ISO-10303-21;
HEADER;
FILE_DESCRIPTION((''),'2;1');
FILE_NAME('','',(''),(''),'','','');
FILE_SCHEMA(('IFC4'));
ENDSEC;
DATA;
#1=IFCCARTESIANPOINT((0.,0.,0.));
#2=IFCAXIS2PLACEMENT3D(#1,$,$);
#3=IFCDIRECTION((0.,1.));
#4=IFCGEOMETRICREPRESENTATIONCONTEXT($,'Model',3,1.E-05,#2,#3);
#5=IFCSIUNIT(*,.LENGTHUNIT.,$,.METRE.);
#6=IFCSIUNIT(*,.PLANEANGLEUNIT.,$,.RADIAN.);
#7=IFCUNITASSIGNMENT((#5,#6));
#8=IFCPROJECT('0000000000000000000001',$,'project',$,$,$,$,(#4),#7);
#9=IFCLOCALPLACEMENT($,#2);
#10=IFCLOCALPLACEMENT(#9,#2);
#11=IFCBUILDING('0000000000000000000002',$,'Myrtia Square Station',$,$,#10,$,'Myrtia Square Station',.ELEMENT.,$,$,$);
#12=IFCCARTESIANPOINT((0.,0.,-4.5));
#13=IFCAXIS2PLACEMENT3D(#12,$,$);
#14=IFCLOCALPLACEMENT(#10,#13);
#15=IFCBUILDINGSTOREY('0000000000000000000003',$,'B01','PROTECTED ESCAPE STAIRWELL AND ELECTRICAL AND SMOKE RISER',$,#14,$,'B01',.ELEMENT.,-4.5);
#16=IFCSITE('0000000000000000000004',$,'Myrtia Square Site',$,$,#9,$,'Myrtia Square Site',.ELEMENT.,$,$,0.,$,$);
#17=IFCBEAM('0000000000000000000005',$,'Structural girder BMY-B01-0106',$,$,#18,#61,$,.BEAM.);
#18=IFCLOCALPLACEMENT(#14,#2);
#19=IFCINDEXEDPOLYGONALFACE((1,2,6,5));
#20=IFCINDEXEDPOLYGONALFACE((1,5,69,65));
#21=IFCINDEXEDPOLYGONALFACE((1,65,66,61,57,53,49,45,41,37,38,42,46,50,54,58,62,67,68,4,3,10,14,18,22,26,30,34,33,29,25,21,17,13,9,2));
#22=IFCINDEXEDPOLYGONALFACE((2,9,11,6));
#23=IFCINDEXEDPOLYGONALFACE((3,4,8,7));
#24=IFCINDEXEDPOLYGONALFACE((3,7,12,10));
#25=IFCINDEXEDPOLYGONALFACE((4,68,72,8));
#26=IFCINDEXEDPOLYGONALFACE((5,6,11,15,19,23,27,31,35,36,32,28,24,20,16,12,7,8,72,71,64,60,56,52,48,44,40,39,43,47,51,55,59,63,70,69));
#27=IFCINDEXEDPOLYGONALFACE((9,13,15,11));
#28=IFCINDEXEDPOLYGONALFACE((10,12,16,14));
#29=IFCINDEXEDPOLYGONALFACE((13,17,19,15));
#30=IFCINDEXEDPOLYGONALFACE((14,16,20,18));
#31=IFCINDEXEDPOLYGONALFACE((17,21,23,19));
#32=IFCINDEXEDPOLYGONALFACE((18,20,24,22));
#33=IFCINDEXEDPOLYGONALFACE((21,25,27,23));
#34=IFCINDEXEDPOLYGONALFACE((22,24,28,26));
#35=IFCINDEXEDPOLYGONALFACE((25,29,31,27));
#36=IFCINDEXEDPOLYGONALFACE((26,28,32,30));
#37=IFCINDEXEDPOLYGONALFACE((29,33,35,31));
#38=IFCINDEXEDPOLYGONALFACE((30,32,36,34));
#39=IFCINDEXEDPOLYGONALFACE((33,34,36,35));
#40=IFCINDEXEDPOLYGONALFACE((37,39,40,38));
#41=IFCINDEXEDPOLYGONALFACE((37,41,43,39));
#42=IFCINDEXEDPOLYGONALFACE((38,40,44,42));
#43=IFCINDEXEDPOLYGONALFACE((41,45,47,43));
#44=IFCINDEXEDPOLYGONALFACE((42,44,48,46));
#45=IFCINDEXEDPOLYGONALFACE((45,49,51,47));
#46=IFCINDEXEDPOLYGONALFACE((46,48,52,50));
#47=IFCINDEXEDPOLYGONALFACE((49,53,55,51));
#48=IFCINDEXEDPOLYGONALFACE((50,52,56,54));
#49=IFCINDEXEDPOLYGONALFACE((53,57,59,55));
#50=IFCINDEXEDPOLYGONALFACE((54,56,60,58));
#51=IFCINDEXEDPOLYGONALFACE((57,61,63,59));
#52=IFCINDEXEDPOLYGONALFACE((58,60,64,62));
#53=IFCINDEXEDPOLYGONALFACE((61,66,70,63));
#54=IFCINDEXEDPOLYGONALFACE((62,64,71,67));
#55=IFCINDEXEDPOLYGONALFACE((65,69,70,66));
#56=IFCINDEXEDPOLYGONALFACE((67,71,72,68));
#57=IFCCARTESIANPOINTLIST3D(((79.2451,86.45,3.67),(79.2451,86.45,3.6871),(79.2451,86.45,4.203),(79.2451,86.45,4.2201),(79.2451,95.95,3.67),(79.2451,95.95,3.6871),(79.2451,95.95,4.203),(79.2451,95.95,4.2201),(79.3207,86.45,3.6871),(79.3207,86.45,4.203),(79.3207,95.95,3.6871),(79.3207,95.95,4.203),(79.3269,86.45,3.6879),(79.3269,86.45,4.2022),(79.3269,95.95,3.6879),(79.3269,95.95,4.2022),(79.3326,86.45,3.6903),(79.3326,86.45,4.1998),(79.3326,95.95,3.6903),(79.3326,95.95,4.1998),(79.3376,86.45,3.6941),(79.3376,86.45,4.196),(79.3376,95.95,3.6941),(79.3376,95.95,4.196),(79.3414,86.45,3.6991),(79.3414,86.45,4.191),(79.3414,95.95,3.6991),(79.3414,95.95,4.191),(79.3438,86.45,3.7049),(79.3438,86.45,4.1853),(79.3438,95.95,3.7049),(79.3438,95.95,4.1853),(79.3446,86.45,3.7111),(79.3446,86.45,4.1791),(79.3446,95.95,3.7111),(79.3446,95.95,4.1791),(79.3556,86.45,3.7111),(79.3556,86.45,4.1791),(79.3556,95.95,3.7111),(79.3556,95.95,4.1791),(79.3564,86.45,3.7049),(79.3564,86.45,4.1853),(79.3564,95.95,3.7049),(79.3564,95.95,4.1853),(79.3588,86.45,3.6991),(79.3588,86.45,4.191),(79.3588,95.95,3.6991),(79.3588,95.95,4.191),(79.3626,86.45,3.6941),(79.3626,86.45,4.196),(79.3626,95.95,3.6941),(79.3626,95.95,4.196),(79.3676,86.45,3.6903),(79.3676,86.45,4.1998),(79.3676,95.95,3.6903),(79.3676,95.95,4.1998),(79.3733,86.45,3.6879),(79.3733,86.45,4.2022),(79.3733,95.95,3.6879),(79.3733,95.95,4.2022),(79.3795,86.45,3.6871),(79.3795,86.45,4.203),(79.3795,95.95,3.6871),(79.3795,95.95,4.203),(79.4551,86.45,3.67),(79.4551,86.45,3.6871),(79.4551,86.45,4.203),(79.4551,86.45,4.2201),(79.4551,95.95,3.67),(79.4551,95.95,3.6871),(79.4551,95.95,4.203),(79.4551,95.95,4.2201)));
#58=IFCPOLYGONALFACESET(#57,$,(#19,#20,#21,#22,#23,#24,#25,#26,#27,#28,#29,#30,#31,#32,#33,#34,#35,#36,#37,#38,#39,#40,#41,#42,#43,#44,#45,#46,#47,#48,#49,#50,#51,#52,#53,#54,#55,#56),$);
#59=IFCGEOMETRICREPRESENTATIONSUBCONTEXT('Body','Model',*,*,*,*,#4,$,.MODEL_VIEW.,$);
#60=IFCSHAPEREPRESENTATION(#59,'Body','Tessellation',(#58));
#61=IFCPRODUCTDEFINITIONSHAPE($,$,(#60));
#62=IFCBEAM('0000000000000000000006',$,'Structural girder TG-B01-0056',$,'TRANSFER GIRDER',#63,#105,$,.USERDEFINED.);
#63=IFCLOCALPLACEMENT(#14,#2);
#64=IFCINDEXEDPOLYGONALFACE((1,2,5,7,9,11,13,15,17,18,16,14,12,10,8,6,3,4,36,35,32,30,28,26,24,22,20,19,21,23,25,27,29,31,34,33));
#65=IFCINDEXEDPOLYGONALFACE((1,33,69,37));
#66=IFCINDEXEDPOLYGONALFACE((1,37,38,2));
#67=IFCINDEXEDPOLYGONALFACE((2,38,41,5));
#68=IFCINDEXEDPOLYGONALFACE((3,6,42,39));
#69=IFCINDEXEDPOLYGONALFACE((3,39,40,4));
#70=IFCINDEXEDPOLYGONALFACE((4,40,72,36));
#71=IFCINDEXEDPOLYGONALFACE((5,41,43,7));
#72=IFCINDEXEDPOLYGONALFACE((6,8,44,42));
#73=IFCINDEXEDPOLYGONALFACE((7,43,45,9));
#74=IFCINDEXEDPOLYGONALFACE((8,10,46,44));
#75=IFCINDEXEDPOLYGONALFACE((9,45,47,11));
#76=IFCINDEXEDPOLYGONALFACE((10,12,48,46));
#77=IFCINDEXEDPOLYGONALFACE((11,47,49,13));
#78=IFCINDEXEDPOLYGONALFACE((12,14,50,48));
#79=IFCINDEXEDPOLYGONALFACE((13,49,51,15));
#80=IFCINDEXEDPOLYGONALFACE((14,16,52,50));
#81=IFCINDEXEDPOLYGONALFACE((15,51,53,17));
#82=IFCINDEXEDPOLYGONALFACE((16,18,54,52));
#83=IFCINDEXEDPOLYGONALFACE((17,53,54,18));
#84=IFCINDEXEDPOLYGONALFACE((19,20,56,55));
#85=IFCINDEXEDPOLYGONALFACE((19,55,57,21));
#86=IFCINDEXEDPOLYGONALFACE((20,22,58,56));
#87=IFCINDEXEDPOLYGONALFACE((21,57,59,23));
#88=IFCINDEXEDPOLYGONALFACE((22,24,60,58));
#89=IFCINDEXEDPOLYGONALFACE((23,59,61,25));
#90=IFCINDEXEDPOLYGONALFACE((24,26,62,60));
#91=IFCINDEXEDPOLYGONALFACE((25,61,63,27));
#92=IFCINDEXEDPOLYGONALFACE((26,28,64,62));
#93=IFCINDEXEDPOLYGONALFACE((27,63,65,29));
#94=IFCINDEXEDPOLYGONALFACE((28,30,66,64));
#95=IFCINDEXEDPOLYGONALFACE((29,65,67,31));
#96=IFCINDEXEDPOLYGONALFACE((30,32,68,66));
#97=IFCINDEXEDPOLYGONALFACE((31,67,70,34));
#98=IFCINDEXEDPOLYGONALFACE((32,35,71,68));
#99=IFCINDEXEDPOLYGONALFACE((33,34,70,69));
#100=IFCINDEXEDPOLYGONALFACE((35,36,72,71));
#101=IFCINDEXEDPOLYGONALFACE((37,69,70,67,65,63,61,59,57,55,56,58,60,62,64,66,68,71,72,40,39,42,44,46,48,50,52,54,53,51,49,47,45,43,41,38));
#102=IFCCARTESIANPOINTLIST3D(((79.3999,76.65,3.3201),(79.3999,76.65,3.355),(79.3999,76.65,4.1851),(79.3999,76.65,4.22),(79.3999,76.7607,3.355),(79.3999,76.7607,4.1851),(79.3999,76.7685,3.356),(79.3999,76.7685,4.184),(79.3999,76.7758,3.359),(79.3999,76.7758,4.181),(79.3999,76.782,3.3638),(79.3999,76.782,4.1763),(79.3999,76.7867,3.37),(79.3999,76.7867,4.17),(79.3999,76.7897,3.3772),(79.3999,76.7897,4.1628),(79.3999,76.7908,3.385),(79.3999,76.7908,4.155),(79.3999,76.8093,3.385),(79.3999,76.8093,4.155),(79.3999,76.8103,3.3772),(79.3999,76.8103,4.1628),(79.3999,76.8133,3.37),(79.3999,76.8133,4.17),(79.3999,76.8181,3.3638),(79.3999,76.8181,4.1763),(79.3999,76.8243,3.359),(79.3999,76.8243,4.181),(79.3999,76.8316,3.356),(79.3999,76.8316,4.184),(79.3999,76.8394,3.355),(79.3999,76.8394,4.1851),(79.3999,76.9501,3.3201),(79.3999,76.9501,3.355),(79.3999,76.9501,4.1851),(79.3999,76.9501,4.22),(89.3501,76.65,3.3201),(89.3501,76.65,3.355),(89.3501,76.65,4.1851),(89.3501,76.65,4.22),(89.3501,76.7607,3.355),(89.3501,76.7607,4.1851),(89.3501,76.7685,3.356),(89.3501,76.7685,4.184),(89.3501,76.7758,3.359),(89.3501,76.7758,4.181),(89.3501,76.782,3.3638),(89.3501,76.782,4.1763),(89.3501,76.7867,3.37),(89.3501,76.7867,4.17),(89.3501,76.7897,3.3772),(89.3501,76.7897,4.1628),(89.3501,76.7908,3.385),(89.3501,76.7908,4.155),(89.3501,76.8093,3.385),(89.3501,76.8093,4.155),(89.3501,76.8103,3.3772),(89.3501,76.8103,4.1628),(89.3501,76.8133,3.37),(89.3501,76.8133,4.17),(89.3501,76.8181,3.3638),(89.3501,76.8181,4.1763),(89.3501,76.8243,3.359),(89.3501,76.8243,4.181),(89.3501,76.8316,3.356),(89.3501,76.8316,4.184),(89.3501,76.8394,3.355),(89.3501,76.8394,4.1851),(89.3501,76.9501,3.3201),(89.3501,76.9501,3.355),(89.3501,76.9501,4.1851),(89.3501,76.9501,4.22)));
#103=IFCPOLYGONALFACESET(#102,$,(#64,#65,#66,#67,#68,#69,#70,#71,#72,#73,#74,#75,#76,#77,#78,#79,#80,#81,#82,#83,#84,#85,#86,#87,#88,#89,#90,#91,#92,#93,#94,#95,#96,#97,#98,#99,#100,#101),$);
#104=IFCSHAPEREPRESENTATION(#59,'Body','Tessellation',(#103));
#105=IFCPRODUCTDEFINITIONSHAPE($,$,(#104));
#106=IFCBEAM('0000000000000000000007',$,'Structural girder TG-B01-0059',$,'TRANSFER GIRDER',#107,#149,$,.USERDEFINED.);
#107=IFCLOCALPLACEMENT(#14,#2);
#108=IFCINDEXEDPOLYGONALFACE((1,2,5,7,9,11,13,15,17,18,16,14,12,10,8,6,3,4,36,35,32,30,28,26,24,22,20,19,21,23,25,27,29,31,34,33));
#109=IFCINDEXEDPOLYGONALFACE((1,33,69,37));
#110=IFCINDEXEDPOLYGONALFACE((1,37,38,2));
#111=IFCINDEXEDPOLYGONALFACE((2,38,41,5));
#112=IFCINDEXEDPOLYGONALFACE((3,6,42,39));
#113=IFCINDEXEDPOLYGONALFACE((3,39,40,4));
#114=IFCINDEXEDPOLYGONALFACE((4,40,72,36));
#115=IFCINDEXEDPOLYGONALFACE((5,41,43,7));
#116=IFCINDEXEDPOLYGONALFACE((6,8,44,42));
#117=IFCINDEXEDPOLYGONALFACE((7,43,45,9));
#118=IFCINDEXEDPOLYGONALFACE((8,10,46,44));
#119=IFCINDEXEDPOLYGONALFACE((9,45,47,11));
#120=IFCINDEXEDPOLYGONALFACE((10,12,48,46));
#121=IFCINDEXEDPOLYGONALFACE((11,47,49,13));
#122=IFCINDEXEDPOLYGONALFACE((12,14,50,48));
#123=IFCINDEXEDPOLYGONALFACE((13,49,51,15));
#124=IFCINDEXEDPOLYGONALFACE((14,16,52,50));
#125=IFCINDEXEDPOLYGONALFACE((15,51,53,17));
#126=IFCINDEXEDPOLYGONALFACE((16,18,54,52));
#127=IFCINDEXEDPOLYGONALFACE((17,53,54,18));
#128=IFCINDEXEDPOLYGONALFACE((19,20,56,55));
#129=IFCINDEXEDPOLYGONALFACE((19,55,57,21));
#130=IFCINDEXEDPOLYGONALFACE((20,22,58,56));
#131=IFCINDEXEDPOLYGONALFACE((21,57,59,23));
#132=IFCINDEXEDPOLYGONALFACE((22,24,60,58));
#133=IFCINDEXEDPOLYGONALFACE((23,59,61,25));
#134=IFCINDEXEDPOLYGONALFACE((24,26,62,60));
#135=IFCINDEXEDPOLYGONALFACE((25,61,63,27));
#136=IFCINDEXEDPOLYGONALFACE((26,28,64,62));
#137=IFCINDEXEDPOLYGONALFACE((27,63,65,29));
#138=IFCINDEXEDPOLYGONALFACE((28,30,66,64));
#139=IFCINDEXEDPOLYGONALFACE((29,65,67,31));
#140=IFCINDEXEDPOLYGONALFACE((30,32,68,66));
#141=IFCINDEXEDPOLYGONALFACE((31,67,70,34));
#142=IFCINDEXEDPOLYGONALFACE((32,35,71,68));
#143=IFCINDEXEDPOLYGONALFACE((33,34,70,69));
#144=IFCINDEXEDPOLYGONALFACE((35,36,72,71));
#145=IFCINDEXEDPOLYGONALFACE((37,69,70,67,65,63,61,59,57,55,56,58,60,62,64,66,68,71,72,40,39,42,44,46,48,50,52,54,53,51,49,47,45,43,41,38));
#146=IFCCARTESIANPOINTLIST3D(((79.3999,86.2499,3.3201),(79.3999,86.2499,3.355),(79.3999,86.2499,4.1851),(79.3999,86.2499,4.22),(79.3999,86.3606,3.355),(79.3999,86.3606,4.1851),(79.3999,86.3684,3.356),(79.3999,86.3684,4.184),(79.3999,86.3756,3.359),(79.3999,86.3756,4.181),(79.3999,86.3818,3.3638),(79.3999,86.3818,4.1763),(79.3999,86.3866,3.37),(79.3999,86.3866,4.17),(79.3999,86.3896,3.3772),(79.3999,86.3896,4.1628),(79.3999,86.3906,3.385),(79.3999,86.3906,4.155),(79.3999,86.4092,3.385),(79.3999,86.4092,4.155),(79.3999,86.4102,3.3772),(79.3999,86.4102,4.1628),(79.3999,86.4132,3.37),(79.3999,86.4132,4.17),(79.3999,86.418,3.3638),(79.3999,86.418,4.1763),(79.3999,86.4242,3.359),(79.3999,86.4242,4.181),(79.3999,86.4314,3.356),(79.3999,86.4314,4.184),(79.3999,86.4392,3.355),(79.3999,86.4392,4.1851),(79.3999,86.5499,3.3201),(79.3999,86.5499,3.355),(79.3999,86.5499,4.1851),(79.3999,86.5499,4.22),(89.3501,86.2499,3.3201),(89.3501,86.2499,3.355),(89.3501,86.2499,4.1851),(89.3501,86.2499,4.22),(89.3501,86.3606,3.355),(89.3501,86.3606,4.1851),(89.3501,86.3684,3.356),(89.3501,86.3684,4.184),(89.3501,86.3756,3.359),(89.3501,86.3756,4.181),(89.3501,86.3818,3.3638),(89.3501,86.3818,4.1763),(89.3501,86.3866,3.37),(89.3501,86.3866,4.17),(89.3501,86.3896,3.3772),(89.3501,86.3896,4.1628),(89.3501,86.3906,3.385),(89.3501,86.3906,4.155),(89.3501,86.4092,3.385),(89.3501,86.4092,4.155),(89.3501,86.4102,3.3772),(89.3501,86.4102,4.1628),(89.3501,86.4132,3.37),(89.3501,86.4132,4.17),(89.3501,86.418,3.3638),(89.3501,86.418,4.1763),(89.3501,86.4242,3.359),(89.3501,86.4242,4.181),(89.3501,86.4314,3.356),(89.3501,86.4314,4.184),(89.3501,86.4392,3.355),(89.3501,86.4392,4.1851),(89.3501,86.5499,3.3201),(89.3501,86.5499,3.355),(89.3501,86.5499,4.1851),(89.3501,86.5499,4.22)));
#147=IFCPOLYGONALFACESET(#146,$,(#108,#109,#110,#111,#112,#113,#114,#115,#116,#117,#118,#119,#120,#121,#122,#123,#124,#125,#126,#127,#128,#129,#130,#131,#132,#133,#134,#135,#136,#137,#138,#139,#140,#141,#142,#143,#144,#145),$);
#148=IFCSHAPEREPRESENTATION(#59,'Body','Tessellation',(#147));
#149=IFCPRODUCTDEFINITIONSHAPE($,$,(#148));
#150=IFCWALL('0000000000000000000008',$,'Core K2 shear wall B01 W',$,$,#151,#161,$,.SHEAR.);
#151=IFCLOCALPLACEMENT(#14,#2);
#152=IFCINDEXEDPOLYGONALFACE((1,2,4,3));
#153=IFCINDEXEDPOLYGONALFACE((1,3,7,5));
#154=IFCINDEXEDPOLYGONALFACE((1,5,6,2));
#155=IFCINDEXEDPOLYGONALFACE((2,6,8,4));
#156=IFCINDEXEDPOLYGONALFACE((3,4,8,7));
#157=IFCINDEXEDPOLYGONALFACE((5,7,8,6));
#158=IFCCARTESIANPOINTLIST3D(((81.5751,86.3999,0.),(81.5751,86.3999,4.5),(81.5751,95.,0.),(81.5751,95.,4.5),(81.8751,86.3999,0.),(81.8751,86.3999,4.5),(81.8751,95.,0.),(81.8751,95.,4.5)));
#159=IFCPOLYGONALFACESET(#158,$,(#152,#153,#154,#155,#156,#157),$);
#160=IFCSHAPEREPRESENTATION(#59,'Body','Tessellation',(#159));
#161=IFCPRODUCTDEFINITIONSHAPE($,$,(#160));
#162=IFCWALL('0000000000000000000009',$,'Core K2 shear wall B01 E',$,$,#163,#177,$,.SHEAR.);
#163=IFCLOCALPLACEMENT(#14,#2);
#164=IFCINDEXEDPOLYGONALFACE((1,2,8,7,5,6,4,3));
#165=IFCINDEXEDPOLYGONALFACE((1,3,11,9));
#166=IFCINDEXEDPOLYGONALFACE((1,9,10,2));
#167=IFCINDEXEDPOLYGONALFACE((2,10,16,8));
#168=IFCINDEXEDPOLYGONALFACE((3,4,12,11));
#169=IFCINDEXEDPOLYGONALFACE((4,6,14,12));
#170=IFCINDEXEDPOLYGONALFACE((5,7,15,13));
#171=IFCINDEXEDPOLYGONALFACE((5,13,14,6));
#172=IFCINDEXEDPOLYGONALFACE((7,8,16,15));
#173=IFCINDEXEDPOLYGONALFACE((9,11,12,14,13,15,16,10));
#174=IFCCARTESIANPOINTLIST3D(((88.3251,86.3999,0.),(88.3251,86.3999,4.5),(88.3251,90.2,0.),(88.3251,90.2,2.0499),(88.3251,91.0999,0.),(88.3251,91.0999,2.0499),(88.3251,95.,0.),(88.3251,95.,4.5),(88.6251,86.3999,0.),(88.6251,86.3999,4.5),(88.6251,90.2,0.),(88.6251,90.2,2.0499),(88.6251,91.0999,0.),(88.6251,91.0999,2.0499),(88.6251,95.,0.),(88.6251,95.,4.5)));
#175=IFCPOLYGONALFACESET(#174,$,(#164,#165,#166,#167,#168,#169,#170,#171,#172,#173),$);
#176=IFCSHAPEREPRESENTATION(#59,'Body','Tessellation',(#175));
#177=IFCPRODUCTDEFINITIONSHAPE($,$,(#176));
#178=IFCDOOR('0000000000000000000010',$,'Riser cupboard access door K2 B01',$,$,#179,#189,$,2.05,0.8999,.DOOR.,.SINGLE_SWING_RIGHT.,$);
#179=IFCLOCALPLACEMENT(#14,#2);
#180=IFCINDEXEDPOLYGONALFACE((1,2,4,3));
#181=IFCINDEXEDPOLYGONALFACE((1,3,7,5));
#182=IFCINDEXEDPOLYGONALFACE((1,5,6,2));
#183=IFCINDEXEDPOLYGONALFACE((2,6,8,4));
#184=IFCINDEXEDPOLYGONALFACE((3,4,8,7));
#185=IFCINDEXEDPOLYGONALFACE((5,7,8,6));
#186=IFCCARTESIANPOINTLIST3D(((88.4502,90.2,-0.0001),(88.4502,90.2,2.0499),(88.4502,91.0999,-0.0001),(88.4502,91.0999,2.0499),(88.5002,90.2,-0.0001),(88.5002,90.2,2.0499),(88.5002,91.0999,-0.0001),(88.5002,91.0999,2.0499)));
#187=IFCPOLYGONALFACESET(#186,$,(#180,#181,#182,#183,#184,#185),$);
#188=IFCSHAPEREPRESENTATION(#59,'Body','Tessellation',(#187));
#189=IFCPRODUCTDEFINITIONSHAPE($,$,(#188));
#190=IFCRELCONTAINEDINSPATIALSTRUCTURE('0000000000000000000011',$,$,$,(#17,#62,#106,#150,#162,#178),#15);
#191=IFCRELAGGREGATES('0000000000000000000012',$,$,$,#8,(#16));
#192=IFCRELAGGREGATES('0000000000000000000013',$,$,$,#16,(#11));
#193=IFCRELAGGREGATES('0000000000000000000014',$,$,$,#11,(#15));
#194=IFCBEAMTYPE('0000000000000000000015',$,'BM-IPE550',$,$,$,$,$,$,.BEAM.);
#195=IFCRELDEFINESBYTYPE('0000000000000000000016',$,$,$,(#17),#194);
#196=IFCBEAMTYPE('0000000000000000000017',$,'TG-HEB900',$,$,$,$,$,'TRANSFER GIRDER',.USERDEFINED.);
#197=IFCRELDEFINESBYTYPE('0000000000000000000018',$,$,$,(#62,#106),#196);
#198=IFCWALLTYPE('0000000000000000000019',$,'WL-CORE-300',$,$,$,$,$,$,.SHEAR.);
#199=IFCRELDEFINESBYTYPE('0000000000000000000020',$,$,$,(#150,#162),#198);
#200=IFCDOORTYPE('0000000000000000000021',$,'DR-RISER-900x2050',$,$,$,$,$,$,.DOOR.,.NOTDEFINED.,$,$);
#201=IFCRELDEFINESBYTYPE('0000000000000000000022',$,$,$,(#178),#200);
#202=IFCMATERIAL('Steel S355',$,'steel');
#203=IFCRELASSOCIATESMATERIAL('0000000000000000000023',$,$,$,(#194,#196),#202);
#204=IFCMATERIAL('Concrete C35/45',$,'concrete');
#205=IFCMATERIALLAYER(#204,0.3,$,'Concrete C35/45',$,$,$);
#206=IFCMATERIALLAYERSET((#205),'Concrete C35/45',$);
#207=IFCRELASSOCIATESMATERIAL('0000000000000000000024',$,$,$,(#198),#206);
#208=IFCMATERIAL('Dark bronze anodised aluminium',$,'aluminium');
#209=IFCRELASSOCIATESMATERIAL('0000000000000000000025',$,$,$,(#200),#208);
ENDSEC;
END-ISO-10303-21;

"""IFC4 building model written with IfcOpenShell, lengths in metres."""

from ifc_helpers import new_model, si_unit, direction, frame, frame_2d, origin, origin_2d, place, context, subcontext, project, spatial, rectangle, i_section, extrude, material, layer, layer_set, material_profile, profile_set, type_object, element, fill, save


model = new_model("IFC4")

# Units and contexts
model_context = context("Model", 3, precision=1e-05, world=origin(), true_north=direction((0.0, 1.0)))
body_context = subcontext(model_context, "Body", "Model", "MODEL_VIEW")
ifc_project = project(units=[si_unit("LENGTHUNIT", "METRE"), si_unit("PLANEANGLEUNIT", "RADIAN")], contexts=[model_context])

# Site, building, storey
site_placement = place(None, origin())
site = spatial("IfcSite", under=ifc_project, at=site_placement, Name="Myrtia Square Site", LongName="Myrtia Square Site", CompositionType="ELEMENT", RefElevation=0.0)
building_placement = place(site_placement, origin())
building = spatial("IfcBuilding", under=site, at=building_placement, Name="Myrtia Square Station", LongName="Myrtia Square Station", CompositionType="ELEMENT")
storey_placement = place(building_placement, frame((0.0, 0.0, -4.5)))
storey = spatial("IfcBuildingStorey", under=building, at=storey_placement, Name="B01", Description="PROTECTED ESCAPE STAIRWELL AND ELECTRICAL AND SMOKE RISER", LongName="B01", CompositionType="ELEMENT", Elevation=-4.5)

# Shared definitions
ifc_material_1 = material(Name="Concrete C35/45", Category="concrete")

# Shared definitions
ifc_material_2 = material(Name="Steel S355", Category="steel")

# Beams
ifc_material_profile_1 = material_profile(ifc_material_2, i_section(OverallWidth=0.21, OverallDepth=0.55, WebThickness=0.011, FlangeThickness=0.0171, FilletRadius=0.0239, at=origin_2d()), Name="IPE 550")
ifc_profile_set_1 = profile_set([ifc_material_profile_1], Name="Steel S355")
beam_type_1 = type_object("IfcBeamType", Name="BM-IPE550", PredefinedType="BEAM", material=ifc_profile_set_1)
for number, where, z_axis, x_axis, name in (
    (1, (79.3501, 86.45, 3.9451), (0.0, 1.0, 0.0), (-1.0, 0.0, 0.0), "Structural girder BMY-B01-0106"),
):
    element("IfcBeam", number, at=place(storey_placement, frame(where, z_axis=z_axis, x_axis=x_axis)), inside=storey, type_object=beam_type_1, Name=name, PredefinedType="BEAM", context=body_context, shape_type="SweptSolid", body=[
        extrude(i_section(OverallWidth=0.21, OverallDepth=0.55, WebThickness=0.011, FlangeThickness=0.0171, FilletRadius=0.0239, at=origin_2d()), origin(), (0.0, 0.0, 1.0), 9.5),
    ])
ifc_material_profile_2 = material_profile(ifc_material_2, i_section(OverallWidth=0.3, OverallDepth=0.8999, WebThickness=0.0186, FlangeThickness=0.0349, FilletRadius=0.03, at=origin_2d()), Name="HEB 900")
ifc_profile_set_2 = profile_set([ifc_material_profile_2], Name="Steel S355")
beam_type_2 = type_object("IfcBeamType", Name="TG-HEB900", ElementType="TRANSFER GIRDER", PredefinedType="USERDEFINED", material=ifc_profile_set_2)
for number, where, z_axis, x_axis, name in (
    (2, (79.3999, 76.8, 3.77), (1.0, 0.0, 0.0), (0.0, 1.0, 0.0), "Structural girder TG-B01-0056"),
    (3, (79.3999, 86.3999, 3.77), (1.0, 0.0, 0.0), (0.0, 1.0, 0.0), "Structural girder TG-B01-0059"),
):
    element("IfcBeam", number, at=place(storey_placement, frame(where, z_axis=z_axis, x_axis=x_axis)), inside=storey, type_object=beam_type_2, Name=name, ObjectType="TRANSFER GIRDER", PredefinedType="USERDEFINED", context=body_context, shape_type="SweptSolid", body=[
        extrude(i_section(OverallWidth=0.3, OverallDepth=0.8999, WebThickness=0.0186, FlangeThickness=0.0349, FilletRadius=0.03, at=origin_2d()), origin(), (0.0, 0.0, 1.0), 9.9502),
    ])

# Wall
ifc_layer = layer(ifc_material_1, 0.3, Name="Concrete C35/45")
ifc_layer_set = layer_set([ifc_layer], Name="Concrete C35/45")
wall_type = type_object("IfcWallType", Name="WL-CORE-300", PredefinedType="SHEAR", material=ifc_layer_set)
wall_1_placement = place(storey_placement, frame((81.7251, 86.3999, 0.0), z_axis=(0.0, 0.0, 1.0), x_axis=(0.0, 1.0, 0.0)))
element("IfcWall", 4, at=wall_1_placement, inside=storey, type_object=wall_type, Name="Core K2 shear wall B01 W", PredefinedType="SHEAR", context=body_context, shape_type="SweptSolid", body=[
    extrude(rectangle(XDim=8.6001, YDim=0.3, at=frame_2d((4.3, 0.0))), origin(), (0.0, 0.0, 1.0), 4.5),
])

# Wall, opening, door
wall_2_placement = place(storey_placement, frame((88.4751, 86.3999, 0.0), z_axis=(0.0, 0.0, 1.0), x_axis=(0.0, 1.0, 0.0)))
wall_2 = element("IfcWall", 5, at=wall_2_placement, inside=storey, type_object=wall_type, Name="Core K2 shear wall B01 E", PredefinedType="SHEAR", context=body_context, shape_type="SweptSolid", body=[
    extrude(rectangle(XDim=8.6001, YDim=0.3, at=frame_2d((4.3, 0.0))), origin(), (0.0, 0.0, 1.0), 4.5),
])
opening_placement = place(wall_2_placement, frame((3.8, 0.0, 0.0)))
opening = element("IfcOpeningElement", 6, at=opening_placement, cuts=wall_2, PredefinedType="OPENING", context=body_context, shape_type="SweptSolid", body=[
    extrude(rectangle(XDim=0.8999, YDim=2.05, at=frame_2d((0.45, 1.0249))), frame((0.0, 0.165, 0.0), z_axis=(0.0, -1.0, 0.0), x_axis=(1.0, 0.0, 0.0)), (0.0, 0.0, 1.0), 0.3301),
])
ifc_material_3 = material(Name="Dark bronze anodised aluminium", Category="aluminium")
door_type = type_object("IfcDoorType", Name="DR-RISER-900x2050", OperationType="NOTDEFINED", PredefinedType="DOOR", material=ifc_material_3)
door_placement = place(opening_placement, origin())
door = element("IfcDoor", 7, at=door_placement, inside=storey, type_object=door_type, Name="Riser cupboard access door K2 B01", OperationType="SINGLE_SWING_RIGHT", OverallHeight=2.05, OverallWidth=0.8999, PredefinedType="DOOR", context=body_context, shape_type="SweptSolid", body=[
    extrude(rectangle(XDim=0.8999, YDim=2.05, at=frame_2d((0.45, 1.0249))), frame((0.0, 0.0249, 0.0), z_axis=(0.0, -1.0, 0.0), x_axis=(1.0, 0.0, 0.0)), (0.0, 0.0, 1.0), 0.05),
])
fill(opening, door)

save(model, "model.ifc")
